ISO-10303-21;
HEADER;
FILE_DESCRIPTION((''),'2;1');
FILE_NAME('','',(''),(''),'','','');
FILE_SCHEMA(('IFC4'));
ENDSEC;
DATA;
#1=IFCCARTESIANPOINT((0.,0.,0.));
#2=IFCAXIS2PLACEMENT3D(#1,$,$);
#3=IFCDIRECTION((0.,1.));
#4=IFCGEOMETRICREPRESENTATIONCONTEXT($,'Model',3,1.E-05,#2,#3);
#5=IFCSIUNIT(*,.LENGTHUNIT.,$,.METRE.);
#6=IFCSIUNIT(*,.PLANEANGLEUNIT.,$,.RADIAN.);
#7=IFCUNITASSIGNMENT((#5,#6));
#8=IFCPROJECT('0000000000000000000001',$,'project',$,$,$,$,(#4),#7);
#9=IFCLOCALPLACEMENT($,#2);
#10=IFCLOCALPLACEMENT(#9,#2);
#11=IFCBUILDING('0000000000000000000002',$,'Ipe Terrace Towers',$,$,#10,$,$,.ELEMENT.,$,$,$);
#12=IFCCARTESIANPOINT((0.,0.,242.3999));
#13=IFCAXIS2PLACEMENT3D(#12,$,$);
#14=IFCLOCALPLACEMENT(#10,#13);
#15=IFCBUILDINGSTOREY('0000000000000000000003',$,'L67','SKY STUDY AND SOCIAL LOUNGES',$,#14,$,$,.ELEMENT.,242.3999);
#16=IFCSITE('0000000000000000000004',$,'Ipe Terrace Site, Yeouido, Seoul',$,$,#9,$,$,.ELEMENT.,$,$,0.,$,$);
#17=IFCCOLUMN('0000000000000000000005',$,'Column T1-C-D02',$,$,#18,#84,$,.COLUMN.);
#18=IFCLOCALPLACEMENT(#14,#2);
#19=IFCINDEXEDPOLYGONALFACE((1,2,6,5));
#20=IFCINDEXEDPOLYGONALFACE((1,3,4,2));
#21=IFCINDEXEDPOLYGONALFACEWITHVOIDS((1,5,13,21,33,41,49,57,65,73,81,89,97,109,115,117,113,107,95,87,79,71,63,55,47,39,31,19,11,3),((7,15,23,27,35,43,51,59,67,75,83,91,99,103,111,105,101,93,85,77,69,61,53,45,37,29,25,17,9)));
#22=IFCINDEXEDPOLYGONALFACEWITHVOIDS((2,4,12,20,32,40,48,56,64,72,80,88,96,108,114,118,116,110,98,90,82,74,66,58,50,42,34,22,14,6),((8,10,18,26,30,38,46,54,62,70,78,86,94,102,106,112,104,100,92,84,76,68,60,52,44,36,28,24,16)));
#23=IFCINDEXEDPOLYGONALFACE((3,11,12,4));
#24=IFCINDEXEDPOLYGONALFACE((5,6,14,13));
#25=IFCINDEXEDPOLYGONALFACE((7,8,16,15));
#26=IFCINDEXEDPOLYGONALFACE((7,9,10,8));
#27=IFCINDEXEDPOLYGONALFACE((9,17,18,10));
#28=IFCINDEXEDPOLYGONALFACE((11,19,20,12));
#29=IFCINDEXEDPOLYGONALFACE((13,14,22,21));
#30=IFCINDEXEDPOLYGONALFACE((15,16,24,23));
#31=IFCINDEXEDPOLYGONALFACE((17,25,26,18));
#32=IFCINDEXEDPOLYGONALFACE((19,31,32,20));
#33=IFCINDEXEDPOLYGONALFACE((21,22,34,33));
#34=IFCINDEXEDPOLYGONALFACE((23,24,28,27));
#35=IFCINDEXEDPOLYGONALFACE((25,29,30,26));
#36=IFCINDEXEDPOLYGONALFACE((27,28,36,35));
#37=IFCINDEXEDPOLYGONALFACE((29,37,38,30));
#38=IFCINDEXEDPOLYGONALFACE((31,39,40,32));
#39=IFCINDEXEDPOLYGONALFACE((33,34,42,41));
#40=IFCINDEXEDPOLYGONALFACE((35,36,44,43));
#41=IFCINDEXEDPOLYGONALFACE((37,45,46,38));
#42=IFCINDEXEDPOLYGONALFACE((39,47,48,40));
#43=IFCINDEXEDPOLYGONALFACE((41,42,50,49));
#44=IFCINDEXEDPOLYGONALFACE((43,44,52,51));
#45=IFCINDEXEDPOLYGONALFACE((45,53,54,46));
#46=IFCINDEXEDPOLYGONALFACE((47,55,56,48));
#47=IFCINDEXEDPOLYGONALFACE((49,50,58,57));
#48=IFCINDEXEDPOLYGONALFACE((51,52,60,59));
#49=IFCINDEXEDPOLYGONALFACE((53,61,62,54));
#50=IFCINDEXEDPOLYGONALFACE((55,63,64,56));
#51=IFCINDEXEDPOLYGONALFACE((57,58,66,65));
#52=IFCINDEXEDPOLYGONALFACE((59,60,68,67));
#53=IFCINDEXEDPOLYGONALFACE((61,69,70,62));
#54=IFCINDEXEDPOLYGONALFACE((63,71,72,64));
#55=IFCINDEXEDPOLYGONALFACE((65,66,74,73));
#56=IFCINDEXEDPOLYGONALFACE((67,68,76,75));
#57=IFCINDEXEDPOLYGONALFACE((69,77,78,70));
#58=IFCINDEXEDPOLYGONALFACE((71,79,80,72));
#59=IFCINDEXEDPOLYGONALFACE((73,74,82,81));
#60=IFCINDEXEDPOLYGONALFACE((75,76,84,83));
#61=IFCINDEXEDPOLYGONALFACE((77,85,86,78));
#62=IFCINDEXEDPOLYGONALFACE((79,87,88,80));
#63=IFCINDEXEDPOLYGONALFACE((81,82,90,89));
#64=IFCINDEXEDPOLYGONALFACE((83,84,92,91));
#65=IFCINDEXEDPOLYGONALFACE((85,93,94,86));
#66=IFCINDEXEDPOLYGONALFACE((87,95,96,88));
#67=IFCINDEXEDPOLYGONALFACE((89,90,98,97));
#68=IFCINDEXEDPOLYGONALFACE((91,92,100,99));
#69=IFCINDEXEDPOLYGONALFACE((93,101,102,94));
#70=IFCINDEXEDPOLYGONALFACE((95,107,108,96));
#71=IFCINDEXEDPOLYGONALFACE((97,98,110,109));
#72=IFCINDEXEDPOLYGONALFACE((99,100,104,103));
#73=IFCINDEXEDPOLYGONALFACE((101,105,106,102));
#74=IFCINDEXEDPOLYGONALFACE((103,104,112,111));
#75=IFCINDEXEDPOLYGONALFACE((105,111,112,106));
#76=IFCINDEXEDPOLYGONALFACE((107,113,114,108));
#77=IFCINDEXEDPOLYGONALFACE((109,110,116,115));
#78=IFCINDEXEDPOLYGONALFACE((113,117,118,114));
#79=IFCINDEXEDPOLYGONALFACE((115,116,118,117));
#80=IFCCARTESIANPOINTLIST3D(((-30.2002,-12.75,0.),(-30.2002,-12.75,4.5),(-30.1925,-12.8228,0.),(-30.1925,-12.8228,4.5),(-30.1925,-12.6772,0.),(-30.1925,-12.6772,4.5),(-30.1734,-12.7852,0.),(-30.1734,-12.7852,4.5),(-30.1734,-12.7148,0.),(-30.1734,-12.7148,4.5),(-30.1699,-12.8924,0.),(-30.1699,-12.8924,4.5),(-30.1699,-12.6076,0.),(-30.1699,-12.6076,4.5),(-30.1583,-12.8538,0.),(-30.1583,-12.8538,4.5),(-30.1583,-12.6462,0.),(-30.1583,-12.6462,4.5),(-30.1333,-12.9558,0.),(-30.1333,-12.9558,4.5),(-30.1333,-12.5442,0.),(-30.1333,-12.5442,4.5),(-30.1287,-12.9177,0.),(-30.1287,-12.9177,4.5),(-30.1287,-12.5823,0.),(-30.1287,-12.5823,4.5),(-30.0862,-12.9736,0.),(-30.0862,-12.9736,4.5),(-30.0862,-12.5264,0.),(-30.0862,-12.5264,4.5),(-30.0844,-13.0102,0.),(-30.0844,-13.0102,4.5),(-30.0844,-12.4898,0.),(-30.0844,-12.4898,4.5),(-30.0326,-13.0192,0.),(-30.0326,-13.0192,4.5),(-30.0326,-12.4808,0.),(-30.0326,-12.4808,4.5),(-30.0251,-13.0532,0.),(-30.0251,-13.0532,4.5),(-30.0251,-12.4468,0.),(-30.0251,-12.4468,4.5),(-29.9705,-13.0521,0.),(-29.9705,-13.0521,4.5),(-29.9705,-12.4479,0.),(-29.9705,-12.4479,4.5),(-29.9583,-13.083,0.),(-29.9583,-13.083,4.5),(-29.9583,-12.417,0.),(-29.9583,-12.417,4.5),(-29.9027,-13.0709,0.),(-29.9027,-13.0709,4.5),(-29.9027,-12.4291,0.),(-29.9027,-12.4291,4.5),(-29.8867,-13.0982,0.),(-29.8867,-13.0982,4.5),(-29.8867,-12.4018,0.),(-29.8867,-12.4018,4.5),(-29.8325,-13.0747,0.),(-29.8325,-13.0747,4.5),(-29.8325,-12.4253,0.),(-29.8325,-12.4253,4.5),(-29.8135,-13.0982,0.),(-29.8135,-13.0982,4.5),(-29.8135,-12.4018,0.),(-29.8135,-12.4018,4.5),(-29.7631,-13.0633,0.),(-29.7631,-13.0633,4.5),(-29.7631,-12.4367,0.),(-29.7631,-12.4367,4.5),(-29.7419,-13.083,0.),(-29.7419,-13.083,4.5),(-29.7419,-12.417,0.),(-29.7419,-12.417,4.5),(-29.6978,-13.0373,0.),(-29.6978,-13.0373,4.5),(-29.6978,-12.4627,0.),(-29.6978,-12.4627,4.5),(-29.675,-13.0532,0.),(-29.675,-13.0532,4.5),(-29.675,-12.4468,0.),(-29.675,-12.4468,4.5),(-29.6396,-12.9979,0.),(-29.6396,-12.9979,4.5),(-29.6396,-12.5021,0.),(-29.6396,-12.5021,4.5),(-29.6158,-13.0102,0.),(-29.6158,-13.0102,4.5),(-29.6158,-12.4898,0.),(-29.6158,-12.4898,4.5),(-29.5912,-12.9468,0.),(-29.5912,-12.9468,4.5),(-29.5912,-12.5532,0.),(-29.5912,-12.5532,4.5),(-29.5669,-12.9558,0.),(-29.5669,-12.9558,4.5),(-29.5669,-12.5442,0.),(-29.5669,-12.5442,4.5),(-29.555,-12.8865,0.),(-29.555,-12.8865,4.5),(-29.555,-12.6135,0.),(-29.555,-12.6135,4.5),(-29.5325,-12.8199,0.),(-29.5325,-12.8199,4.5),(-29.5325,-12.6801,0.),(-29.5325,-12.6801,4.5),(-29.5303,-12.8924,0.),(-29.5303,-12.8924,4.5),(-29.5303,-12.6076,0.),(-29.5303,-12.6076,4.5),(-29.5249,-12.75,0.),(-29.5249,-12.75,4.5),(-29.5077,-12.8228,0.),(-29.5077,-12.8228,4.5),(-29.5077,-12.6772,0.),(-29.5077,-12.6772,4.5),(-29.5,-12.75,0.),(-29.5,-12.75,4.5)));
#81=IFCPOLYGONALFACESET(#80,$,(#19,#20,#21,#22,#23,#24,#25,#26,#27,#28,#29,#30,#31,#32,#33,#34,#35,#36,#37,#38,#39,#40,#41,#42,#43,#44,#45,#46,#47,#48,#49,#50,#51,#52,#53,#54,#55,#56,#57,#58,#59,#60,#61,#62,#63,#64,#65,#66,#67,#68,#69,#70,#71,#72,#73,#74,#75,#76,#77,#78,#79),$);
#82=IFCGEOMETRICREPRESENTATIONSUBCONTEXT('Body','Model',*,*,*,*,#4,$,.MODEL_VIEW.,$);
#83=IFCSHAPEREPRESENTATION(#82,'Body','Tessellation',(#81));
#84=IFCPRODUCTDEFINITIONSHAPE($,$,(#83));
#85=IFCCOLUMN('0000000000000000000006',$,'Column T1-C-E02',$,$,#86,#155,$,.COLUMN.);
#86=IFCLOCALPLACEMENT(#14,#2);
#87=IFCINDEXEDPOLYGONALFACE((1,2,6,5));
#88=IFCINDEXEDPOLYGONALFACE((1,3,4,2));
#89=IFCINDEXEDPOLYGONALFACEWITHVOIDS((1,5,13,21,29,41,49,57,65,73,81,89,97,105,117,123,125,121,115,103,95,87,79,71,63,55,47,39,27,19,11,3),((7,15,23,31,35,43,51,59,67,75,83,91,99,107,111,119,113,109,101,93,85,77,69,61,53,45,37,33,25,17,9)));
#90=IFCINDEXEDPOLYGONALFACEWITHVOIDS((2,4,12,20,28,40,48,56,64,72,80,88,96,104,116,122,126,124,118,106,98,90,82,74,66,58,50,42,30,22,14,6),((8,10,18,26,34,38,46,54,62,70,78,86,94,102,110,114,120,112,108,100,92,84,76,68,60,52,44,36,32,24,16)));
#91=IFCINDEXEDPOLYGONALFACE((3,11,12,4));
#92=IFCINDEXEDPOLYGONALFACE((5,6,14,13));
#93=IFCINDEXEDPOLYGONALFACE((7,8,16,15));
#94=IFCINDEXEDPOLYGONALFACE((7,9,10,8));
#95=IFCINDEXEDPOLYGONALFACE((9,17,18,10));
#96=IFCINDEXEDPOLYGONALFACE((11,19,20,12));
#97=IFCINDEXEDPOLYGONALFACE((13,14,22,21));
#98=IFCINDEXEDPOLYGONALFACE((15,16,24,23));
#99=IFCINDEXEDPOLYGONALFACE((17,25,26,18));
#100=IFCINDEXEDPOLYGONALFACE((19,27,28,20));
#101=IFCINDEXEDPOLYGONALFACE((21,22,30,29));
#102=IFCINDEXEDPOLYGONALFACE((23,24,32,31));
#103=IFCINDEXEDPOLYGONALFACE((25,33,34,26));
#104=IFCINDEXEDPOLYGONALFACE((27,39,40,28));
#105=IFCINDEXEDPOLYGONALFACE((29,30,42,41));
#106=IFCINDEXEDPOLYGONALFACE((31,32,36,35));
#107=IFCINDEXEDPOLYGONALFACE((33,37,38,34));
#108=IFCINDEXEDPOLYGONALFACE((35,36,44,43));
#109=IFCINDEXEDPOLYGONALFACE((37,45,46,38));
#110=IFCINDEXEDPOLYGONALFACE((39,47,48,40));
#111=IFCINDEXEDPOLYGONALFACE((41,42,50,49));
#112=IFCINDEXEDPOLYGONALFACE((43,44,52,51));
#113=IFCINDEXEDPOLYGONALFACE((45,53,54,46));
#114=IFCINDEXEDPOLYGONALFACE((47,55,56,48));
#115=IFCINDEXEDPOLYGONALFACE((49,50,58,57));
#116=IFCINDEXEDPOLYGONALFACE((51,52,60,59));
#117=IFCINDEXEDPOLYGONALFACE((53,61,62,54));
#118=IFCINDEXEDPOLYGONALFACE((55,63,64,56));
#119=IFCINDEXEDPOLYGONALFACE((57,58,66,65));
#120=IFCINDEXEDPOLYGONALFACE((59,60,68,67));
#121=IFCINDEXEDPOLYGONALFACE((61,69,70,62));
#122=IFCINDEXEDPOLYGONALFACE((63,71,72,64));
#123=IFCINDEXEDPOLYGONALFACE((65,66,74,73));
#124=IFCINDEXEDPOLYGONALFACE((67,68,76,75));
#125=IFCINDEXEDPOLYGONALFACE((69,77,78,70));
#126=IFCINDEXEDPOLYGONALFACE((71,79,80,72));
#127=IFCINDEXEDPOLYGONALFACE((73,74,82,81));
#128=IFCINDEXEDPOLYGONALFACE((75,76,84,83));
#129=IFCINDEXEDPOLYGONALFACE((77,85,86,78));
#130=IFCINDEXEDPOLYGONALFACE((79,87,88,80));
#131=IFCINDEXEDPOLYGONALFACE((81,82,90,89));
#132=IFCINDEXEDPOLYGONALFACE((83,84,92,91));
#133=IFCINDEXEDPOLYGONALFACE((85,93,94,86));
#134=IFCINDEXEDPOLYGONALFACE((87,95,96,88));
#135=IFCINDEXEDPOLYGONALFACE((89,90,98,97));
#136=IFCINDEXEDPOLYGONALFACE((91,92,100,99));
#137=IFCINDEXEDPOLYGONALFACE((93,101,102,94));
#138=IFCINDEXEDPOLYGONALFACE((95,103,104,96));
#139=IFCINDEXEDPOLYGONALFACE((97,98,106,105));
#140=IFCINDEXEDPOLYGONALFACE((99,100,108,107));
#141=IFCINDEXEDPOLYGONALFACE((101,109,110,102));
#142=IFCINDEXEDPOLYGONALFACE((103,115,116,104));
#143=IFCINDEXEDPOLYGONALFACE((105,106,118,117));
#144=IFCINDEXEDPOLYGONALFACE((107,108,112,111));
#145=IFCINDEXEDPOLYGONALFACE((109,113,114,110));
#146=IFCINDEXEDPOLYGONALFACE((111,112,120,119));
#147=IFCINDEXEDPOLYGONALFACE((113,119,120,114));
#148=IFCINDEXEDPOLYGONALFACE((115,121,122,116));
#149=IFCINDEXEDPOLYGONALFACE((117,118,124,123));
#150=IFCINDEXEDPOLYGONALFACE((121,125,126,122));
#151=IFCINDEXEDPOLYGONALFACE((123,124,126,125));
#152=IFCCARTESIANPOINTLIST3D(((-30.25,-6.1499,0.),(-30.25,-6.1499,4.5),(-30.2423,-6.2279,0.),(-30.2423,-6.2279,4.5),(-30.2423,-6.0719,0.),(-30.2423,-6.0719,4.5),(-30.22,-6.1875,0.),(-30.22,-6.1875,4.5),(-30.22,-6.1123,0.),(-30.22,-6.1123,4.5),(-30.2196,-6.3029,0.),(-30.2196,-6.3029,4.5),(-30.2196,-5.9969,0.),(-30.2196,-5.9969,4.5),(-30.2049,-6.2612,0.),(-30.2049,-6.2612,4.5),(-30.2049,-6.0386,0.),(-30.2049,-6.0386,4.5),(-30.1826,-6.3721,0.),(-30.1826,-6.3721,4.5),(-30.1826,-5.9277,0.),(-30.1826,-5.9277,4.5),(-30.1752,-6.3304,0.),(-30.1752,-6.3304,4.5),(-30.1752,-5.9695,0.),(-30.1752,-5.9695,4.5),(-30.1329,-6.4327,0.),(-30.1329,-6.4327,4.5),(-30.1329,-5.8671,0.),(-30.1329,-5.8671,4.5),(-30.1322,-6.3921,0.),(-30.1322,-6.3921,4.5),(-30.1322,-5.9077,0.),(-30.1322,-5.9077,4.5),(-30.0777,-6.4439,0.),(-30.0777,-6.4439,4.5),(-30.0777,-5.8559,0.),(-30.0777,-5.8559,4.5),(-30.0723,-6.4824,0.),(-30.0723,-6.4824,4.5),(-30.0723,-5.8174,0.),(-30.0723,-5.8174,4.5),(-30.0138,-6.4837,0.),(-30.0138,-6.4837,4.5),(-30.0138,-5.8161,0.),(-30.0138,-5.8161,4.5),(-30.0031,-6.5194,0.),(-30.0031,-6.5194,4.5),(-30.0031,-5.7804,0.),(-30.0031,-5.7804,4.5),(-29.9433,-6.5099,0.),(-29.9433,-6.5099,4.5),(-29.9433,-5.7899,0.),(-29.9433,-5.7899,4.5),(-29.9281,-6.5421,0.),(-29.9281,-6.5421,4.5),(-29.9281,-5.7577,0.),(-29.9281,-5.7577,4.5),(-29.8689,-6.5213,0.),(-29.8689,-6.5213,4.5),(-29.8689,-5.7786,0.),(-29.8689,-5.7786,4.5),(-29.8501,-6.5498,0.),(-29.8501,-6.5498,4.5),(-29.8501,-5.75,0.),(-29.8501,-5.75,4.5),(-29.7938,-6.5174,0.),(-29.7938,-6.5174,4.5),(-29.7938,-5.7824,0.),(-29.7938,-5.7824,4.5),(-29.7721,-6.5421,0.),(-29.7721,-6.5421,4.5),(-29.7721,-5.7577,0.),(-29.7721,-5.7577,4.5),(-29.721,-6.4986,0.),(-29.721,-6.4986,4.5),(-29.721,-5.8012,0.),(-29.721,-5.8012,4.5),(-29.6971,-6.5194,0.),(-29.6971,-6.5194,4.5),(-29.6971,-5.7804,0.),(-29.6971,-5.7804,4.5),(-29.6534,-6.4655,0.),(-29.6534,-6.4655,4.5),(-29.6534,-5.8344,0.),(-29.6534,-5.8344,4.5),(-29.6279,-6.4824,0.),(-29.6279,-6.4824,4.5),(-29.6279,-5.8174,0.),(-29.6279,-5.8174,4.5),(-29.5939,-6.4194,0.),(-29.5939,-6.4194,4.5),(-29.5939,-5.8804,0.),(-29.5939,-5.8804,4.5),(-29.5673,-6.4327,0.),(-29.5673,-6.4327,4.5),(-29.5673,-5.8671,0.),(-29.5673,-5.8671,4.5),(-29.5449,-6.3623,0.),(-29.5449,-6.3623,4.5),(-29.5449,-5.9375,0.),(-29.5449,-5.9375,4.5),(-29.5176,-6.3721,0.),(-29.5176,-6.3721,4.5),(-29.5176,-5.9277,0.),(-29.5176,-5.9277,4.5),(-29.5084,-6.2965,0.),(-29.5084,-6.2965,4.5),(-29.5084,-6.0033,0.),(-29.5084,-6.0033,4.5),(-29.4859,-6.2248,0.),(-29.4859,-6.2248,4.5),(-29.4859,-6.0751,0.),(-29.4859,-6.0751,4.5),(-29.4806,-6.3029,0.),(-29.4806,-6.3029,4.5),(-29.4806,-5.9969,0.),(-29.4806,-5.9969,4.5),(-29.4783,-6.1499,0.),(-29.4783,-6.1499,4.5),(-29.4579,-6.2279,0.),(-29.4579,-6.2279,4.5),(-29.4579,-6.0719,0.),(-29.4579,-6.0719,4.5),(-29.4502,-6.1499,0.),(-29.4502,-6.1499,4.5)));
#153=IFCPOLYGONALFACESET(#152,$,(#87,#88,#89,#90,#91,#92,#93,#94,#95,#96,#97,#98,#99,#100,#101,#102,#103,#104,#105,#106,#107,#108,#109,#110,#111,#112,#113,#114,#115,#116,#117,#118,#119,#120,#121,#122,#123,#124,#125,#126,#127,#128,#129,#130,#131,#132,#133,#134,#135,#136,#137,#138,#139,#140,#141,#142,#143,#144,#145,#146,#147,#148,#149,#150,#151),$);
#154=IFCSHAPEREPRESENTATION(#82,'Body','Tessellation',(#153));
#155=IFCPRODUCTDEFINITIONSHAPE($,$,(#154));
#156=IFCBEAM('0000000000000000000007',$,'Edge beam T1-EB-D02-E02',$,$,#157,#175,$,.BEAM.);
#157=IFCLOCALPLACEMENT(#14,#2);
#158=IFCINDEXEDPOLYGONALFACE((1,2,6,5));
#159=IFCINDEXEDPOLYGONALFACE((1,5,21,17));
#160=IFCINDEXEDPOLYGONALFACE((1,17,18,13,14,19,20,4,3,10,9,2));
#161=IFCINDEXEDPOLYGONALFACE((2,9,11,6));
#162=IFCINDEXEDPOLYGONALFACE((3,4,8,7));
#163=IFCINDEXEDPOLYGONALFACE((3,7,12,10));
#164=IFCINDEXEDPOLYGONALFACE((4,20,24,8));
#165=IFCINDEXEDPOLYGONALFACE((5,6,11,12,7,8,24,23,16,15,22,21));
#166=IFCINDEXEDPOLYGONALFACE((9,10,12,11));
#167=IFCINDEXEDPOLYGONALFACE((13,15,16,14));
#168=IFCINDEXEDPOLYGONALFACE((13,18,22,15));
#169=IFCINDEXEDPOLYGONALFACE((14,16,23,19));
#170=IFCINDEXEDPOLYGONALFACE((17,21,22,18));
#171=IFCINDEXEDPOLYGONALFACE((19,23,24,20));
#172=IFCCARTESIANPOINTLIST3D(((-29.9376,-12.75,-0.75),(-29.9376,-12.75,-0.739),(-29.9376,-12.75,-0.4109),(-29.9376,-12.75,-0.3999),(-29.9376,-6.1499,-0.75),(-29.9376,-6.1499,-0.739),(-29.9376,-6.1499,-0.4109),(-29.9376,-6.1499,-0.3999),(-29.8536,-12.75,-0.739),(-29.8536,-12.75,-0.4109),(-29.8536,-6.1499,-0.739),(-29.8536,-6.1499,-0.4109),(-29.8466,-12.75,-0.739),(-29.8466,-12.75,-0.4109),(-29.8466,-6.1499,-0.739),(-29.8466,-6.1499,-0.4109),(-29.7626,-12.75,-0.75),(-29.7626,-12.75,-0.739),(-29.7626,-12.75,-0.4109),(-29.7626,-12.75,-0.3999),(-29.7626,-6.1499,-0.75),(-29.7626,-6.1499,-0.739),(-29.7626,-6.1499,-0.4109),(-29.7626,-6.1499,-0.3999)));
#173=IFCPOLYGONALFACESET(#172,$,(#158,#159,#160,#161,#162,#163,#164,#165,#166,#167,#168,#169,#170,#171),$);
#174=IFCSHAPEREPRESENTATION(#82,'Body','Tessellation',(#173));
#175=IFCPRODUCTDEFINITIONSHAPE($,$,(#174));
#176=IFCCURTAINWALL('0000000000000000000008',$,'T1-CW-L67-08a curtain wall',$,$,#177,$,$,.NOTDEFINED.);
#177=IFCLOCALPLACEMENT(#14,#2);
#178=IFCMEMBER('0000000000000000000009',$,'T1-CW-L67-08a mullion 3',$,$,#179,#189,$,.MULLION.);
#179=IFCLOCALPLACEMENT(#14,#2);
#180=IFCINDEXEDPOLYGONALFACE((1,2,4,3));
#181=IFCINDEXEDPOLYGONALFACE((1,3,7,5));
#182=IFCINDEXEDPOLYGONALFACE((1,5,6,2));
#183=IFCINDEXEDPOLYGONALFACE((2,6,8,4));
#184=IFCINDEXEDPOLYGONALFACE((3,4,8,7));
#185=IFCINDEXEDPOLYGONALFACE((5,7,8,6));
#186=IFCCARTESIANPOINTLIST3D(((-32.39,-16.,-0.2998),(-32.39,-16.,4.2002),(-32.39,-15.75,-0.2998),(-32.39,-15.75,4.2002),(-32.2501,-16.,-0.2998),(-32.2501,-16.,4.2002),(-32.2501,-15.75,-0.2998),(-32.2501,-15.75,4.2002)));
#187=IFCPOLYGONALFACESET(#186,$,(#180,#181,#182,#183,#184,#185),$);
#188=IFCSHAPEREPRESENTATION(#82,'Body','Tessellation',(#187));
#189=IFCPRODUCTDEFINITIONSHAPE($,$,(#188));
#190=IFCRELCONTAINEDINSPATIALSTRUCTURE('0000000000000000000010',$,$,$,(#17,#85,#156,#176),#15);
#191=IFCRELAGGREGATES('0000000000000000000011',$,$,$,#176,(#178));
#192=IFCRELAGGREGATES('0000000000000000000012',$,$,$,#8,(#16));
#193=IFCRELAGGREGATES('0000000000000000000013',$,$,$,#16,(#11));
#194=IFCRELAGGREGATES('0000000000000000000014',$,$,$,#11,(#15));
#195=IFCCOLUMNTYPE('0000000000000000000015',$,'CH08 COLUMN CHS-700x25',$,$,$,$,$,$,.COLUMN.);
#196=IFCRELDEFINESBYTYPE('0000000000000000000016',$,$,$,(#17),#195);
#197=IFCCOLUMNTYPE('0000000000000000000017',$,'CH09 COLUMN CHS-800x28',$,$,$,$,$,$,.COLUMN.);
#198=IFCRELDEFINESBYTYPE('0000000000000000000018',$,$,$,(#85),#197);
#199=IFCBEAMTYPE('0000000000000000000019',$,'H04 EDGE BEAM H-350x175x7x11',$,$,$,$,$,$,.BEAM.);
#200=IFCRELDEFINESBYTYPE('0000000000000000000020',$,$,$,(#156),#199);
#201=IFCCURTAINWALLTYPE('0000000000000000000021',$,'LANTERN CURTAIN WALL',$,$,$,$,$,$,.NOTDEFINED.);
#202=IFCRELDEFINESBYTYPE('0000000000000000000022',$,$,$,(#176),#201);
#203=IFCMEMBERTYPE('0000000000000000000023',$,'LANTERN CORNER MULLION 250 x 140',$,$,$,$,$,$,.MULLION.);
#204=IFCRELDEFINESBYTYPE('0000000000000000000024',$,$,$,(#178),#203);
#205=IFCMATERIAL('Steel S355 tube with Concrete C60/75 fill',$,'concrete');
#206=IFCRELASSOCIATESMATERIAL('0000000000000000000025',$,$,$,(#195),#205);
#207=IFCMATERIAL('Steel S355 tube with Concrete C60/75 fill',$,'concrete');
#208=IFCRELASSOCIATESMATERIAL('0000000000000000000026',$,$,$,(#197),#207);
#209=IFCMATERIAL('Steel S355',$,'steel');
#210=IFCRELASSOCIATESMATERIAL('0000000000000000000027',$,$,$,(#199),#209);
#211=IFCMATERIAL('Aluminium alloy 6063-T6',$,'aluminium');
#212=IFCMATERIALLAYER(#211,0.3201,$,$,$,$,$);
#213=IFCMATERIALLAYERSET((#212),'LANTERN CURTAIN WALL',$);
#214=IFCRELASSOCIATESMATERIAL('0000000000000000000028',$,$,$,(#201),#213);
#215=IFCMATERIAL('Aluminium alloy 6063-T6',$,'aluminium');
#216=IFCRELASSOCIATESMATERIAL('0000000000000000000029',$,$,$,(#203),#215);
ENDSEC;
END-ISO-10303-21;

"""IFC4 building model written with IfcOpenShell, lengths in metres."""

from ifc_helpers import new_model, si_unit, direction, frame, origin, origin_2d, place, context, subcontext, project, spatial, rectangle, hollow_circle, i_section, extrude, material, layer, layer_set, material_profile, profile_set, type_object, element, aggregate, save


model = new_model("IFC4")

# Units and contexts
model_context = context("Model", 3, precision=1e-05, world=origin(), true_north=direction((0.0, 1.0)))
body_context = subcontext(model_context, "Body", "Model", "MODEL_VIEW")
ifc_project = project(units=[si_unit("LENGTHUNIT", "METRE"), si_unit("PLANEANGLEUNIT", "RADIAN")], contexts=[model_context])

# Site, building, storey
site_placement = place(None, origin())
site = spatial("IfcSite", under=ifc_project, at=site_placement, Name="Ipe Terrace Site, Yeouido, Seoul", CompositionType="ELEMENT", RefElevation=0.0)
building_placement = place(site_placement, origin())
building = spatial("IfcBuilding", under=site, at=building_placement, Name="Ipe Terrace Towers", CompositionType="ELEMENT")
storey_placement = place(building_placement, frame((0.0, 0.0, 242.3999)))
storey = spatial("IfcBuildingStorey", under=building, at=storey_placement, Name="L67", Description="SKY STUDY AND SOCIAL LOUNGES", CompositionType="ELEMENT", Elevation=242.3999)

# Columns
ifc_material_1 = material(Name="Steel S355 tube with Concrete C60/75 fill", Category="concrete")
ifc_material_profile_1 = material_profile(ifc_material_1, hollow_circle(Radius=0.3501, WallThickness=0.0249, at=origin_2d()), Name="CHS-700x25")
ifc_profile_set_1 = profile_set([ifc_material_profile_1], Name="Steel S355 tube with Concrete C60/75 fill")
column_type_1 = type_object("IfcColumnType", Name="CH08 COLUMN CHS-700x25", PredefinedType="COLUMN", material=ifc_profile_set_1)
column_1_placement = place(storey_placement, frame((-29.8501, -12.75, 0.0), z_axis=(0.0, 0.0, 1.0), x_axis=(1.0, 0.0, 0.0)))
element("IfcColumn", 1, at=column_1_placement, inside=storey, type_object=column_type_1, Name="Column T1-C-D02", PredefinedType="COLUMN", context=body_context, shape_type="SweptSolid", body=[
    extrude(hollow_circle(Radius=0.3501, WallThickness=0.0249, at=origin_2d()), origin(), (0.0, 0.0, 1.0), 4.5),
])
ifc_material_2 = material(Name="Steel S355 tube with Concrete C60/75 fill", Category="concrete")
ifc_material_profile_2 = material_profile(ifc_material_2, hollow_circle(Radius=0.3999, WallThickness=0.0281, at=origin_2d()), Name="CHS-800x28")
ifc_profile_set_2 = profile_set([ifc_material_profile_2], Name="Steel S355 tube with Concrete C60/75 fill")
column_type_2 = type_object("IfcColumnType", Name="CH09 COLUMN CHS-800x28", PredefinedType="COLUMN", material=ifc_profile_set_2)
column_2_placement = place(storey_placement, frame((-29.8501, -6.1499, 0.0), z_axis=(0.0, 0.0, 1.0), x_axis=(1.0, 0.0, 0.0)))
element("IfcColumn", 2, at=column_2_placement, inside=storey, type_object=column_type_2, Name="Column T1-C-E02", PredefinedType="COLUMN", context=body_context, shape_type="SweptSolid", body=[
    extrude(hollow_circle(Radius=0.3999, WallThickness=0.0281, at=origin_2d()), origin(), (0.0, 0.0, 1.0), 4.5),
])

# Beam
ifc_material_3 = material(Name="Steel S355", Category="steel")
ifc_material_profile_3 = material_profile(ifc_material_3, i_section(OverallWidth=0.175, OverallDepth=0.3501, WebThickness=0.0071, FlangeThickness=0.011, at=origin_2d()), Name="H-350x175x7x11")
ifc_profile_set_3 = profile_set([ifc_material_profile_3], Name="Steel S355")
beam_type = type_object("IfcBeamType", Name="H04 EDGE BEAM H-350x175x7x11", PredefinedType="BEAM", material=ifc_profile_set_3)
beam_placement = place(storey_placement, frame((-29.8501, -12.75, -0.575), z_axis=(0.0, 1.0, 0.0), x_axis=(-1.0, 0.0, 0.0)))
element("IfcBeam", 3, at=beam_placement, inside=storey, type_object=beam_type, Name="Edge beam T1-EB-D02-E02", PredefinedType="BEAM", context=body_context, shape_type="SweptSolid", body=[
    extrude(i_section(OverallWidth=0.175, OverallDepth=0.3501, WebThickness=0.0071, FlangeThickness=0.011, at=origin_2d()), origin(), (0.0, 0.0, 1.0), 6.6001),
])

# Curtain wall, member
ifc_material_4 = material(Name="Aluminium alloy 6063-T6", Category="aluminium")
ifc_layer_1 = layer(ifc_material_4, 0.3201)
ifc_layer_set_1 = layer_set([ifc_layer_1], Name="LANTERN CURTAIN WALL")
curtain_wall_type = type_object("IfcCurtainWallType", Name="LANTERN CURTAIN WALL", PredefinedType="NOTDEFINED", material=ifc_layer_set_1)
curtain_wall_placement = place(storey_placement, origin())
curtain_wall = element("IfcCurtainWall", 4, at=curtain_wall_placement, inside=storey, type_object=curtain_wall_type, Name="T1-CW-L67-08a curtain wall", PredefinedType="NOTDEFINED")
ifc_material_5 = material(Name="Aluminium alloy 6063-T6", Category="aluminium")
ifc_material_profile_4 = material_profile(ifc_material_5, rectangle(XDim=0.25, YDim=0.1399, at=origin_2d()), Name="LANTERN CORNER MULLION 250 x 140")
ifc_profile_set_4 = profile_set([ifc_material_profile_4], Name="Aluminium alloy 6063-T6")
member_type = type_object("IfcMemberType", Name="LANTERN CORNER MULLION 250 x 140", PredefinedType="MULLION", material=ifc_profile_set_4)
member_placement = place(storey_placement, frame((-32.3201, -15.875, -0.2998), z_axis=(0.0, 0.0, 1.0), x_axis=(0.0, -1.0, 0.0)))
member = element("IfcMember", 5, at=member_placement, type_object=member_type, Name="T1-CW-L67-08a mullion 3", PredefinedType="MULLION", context=body_context, shape_type="SweptSolid", body=[
    extrude(rectangle(XDim=0.25, YDim=0.1399, at=origin_2d()), origin(), (0.0, 0.0, 1.0), 4.5),
])
aggregate(curtain_wall, [member])

save(model, "model.ifc")
